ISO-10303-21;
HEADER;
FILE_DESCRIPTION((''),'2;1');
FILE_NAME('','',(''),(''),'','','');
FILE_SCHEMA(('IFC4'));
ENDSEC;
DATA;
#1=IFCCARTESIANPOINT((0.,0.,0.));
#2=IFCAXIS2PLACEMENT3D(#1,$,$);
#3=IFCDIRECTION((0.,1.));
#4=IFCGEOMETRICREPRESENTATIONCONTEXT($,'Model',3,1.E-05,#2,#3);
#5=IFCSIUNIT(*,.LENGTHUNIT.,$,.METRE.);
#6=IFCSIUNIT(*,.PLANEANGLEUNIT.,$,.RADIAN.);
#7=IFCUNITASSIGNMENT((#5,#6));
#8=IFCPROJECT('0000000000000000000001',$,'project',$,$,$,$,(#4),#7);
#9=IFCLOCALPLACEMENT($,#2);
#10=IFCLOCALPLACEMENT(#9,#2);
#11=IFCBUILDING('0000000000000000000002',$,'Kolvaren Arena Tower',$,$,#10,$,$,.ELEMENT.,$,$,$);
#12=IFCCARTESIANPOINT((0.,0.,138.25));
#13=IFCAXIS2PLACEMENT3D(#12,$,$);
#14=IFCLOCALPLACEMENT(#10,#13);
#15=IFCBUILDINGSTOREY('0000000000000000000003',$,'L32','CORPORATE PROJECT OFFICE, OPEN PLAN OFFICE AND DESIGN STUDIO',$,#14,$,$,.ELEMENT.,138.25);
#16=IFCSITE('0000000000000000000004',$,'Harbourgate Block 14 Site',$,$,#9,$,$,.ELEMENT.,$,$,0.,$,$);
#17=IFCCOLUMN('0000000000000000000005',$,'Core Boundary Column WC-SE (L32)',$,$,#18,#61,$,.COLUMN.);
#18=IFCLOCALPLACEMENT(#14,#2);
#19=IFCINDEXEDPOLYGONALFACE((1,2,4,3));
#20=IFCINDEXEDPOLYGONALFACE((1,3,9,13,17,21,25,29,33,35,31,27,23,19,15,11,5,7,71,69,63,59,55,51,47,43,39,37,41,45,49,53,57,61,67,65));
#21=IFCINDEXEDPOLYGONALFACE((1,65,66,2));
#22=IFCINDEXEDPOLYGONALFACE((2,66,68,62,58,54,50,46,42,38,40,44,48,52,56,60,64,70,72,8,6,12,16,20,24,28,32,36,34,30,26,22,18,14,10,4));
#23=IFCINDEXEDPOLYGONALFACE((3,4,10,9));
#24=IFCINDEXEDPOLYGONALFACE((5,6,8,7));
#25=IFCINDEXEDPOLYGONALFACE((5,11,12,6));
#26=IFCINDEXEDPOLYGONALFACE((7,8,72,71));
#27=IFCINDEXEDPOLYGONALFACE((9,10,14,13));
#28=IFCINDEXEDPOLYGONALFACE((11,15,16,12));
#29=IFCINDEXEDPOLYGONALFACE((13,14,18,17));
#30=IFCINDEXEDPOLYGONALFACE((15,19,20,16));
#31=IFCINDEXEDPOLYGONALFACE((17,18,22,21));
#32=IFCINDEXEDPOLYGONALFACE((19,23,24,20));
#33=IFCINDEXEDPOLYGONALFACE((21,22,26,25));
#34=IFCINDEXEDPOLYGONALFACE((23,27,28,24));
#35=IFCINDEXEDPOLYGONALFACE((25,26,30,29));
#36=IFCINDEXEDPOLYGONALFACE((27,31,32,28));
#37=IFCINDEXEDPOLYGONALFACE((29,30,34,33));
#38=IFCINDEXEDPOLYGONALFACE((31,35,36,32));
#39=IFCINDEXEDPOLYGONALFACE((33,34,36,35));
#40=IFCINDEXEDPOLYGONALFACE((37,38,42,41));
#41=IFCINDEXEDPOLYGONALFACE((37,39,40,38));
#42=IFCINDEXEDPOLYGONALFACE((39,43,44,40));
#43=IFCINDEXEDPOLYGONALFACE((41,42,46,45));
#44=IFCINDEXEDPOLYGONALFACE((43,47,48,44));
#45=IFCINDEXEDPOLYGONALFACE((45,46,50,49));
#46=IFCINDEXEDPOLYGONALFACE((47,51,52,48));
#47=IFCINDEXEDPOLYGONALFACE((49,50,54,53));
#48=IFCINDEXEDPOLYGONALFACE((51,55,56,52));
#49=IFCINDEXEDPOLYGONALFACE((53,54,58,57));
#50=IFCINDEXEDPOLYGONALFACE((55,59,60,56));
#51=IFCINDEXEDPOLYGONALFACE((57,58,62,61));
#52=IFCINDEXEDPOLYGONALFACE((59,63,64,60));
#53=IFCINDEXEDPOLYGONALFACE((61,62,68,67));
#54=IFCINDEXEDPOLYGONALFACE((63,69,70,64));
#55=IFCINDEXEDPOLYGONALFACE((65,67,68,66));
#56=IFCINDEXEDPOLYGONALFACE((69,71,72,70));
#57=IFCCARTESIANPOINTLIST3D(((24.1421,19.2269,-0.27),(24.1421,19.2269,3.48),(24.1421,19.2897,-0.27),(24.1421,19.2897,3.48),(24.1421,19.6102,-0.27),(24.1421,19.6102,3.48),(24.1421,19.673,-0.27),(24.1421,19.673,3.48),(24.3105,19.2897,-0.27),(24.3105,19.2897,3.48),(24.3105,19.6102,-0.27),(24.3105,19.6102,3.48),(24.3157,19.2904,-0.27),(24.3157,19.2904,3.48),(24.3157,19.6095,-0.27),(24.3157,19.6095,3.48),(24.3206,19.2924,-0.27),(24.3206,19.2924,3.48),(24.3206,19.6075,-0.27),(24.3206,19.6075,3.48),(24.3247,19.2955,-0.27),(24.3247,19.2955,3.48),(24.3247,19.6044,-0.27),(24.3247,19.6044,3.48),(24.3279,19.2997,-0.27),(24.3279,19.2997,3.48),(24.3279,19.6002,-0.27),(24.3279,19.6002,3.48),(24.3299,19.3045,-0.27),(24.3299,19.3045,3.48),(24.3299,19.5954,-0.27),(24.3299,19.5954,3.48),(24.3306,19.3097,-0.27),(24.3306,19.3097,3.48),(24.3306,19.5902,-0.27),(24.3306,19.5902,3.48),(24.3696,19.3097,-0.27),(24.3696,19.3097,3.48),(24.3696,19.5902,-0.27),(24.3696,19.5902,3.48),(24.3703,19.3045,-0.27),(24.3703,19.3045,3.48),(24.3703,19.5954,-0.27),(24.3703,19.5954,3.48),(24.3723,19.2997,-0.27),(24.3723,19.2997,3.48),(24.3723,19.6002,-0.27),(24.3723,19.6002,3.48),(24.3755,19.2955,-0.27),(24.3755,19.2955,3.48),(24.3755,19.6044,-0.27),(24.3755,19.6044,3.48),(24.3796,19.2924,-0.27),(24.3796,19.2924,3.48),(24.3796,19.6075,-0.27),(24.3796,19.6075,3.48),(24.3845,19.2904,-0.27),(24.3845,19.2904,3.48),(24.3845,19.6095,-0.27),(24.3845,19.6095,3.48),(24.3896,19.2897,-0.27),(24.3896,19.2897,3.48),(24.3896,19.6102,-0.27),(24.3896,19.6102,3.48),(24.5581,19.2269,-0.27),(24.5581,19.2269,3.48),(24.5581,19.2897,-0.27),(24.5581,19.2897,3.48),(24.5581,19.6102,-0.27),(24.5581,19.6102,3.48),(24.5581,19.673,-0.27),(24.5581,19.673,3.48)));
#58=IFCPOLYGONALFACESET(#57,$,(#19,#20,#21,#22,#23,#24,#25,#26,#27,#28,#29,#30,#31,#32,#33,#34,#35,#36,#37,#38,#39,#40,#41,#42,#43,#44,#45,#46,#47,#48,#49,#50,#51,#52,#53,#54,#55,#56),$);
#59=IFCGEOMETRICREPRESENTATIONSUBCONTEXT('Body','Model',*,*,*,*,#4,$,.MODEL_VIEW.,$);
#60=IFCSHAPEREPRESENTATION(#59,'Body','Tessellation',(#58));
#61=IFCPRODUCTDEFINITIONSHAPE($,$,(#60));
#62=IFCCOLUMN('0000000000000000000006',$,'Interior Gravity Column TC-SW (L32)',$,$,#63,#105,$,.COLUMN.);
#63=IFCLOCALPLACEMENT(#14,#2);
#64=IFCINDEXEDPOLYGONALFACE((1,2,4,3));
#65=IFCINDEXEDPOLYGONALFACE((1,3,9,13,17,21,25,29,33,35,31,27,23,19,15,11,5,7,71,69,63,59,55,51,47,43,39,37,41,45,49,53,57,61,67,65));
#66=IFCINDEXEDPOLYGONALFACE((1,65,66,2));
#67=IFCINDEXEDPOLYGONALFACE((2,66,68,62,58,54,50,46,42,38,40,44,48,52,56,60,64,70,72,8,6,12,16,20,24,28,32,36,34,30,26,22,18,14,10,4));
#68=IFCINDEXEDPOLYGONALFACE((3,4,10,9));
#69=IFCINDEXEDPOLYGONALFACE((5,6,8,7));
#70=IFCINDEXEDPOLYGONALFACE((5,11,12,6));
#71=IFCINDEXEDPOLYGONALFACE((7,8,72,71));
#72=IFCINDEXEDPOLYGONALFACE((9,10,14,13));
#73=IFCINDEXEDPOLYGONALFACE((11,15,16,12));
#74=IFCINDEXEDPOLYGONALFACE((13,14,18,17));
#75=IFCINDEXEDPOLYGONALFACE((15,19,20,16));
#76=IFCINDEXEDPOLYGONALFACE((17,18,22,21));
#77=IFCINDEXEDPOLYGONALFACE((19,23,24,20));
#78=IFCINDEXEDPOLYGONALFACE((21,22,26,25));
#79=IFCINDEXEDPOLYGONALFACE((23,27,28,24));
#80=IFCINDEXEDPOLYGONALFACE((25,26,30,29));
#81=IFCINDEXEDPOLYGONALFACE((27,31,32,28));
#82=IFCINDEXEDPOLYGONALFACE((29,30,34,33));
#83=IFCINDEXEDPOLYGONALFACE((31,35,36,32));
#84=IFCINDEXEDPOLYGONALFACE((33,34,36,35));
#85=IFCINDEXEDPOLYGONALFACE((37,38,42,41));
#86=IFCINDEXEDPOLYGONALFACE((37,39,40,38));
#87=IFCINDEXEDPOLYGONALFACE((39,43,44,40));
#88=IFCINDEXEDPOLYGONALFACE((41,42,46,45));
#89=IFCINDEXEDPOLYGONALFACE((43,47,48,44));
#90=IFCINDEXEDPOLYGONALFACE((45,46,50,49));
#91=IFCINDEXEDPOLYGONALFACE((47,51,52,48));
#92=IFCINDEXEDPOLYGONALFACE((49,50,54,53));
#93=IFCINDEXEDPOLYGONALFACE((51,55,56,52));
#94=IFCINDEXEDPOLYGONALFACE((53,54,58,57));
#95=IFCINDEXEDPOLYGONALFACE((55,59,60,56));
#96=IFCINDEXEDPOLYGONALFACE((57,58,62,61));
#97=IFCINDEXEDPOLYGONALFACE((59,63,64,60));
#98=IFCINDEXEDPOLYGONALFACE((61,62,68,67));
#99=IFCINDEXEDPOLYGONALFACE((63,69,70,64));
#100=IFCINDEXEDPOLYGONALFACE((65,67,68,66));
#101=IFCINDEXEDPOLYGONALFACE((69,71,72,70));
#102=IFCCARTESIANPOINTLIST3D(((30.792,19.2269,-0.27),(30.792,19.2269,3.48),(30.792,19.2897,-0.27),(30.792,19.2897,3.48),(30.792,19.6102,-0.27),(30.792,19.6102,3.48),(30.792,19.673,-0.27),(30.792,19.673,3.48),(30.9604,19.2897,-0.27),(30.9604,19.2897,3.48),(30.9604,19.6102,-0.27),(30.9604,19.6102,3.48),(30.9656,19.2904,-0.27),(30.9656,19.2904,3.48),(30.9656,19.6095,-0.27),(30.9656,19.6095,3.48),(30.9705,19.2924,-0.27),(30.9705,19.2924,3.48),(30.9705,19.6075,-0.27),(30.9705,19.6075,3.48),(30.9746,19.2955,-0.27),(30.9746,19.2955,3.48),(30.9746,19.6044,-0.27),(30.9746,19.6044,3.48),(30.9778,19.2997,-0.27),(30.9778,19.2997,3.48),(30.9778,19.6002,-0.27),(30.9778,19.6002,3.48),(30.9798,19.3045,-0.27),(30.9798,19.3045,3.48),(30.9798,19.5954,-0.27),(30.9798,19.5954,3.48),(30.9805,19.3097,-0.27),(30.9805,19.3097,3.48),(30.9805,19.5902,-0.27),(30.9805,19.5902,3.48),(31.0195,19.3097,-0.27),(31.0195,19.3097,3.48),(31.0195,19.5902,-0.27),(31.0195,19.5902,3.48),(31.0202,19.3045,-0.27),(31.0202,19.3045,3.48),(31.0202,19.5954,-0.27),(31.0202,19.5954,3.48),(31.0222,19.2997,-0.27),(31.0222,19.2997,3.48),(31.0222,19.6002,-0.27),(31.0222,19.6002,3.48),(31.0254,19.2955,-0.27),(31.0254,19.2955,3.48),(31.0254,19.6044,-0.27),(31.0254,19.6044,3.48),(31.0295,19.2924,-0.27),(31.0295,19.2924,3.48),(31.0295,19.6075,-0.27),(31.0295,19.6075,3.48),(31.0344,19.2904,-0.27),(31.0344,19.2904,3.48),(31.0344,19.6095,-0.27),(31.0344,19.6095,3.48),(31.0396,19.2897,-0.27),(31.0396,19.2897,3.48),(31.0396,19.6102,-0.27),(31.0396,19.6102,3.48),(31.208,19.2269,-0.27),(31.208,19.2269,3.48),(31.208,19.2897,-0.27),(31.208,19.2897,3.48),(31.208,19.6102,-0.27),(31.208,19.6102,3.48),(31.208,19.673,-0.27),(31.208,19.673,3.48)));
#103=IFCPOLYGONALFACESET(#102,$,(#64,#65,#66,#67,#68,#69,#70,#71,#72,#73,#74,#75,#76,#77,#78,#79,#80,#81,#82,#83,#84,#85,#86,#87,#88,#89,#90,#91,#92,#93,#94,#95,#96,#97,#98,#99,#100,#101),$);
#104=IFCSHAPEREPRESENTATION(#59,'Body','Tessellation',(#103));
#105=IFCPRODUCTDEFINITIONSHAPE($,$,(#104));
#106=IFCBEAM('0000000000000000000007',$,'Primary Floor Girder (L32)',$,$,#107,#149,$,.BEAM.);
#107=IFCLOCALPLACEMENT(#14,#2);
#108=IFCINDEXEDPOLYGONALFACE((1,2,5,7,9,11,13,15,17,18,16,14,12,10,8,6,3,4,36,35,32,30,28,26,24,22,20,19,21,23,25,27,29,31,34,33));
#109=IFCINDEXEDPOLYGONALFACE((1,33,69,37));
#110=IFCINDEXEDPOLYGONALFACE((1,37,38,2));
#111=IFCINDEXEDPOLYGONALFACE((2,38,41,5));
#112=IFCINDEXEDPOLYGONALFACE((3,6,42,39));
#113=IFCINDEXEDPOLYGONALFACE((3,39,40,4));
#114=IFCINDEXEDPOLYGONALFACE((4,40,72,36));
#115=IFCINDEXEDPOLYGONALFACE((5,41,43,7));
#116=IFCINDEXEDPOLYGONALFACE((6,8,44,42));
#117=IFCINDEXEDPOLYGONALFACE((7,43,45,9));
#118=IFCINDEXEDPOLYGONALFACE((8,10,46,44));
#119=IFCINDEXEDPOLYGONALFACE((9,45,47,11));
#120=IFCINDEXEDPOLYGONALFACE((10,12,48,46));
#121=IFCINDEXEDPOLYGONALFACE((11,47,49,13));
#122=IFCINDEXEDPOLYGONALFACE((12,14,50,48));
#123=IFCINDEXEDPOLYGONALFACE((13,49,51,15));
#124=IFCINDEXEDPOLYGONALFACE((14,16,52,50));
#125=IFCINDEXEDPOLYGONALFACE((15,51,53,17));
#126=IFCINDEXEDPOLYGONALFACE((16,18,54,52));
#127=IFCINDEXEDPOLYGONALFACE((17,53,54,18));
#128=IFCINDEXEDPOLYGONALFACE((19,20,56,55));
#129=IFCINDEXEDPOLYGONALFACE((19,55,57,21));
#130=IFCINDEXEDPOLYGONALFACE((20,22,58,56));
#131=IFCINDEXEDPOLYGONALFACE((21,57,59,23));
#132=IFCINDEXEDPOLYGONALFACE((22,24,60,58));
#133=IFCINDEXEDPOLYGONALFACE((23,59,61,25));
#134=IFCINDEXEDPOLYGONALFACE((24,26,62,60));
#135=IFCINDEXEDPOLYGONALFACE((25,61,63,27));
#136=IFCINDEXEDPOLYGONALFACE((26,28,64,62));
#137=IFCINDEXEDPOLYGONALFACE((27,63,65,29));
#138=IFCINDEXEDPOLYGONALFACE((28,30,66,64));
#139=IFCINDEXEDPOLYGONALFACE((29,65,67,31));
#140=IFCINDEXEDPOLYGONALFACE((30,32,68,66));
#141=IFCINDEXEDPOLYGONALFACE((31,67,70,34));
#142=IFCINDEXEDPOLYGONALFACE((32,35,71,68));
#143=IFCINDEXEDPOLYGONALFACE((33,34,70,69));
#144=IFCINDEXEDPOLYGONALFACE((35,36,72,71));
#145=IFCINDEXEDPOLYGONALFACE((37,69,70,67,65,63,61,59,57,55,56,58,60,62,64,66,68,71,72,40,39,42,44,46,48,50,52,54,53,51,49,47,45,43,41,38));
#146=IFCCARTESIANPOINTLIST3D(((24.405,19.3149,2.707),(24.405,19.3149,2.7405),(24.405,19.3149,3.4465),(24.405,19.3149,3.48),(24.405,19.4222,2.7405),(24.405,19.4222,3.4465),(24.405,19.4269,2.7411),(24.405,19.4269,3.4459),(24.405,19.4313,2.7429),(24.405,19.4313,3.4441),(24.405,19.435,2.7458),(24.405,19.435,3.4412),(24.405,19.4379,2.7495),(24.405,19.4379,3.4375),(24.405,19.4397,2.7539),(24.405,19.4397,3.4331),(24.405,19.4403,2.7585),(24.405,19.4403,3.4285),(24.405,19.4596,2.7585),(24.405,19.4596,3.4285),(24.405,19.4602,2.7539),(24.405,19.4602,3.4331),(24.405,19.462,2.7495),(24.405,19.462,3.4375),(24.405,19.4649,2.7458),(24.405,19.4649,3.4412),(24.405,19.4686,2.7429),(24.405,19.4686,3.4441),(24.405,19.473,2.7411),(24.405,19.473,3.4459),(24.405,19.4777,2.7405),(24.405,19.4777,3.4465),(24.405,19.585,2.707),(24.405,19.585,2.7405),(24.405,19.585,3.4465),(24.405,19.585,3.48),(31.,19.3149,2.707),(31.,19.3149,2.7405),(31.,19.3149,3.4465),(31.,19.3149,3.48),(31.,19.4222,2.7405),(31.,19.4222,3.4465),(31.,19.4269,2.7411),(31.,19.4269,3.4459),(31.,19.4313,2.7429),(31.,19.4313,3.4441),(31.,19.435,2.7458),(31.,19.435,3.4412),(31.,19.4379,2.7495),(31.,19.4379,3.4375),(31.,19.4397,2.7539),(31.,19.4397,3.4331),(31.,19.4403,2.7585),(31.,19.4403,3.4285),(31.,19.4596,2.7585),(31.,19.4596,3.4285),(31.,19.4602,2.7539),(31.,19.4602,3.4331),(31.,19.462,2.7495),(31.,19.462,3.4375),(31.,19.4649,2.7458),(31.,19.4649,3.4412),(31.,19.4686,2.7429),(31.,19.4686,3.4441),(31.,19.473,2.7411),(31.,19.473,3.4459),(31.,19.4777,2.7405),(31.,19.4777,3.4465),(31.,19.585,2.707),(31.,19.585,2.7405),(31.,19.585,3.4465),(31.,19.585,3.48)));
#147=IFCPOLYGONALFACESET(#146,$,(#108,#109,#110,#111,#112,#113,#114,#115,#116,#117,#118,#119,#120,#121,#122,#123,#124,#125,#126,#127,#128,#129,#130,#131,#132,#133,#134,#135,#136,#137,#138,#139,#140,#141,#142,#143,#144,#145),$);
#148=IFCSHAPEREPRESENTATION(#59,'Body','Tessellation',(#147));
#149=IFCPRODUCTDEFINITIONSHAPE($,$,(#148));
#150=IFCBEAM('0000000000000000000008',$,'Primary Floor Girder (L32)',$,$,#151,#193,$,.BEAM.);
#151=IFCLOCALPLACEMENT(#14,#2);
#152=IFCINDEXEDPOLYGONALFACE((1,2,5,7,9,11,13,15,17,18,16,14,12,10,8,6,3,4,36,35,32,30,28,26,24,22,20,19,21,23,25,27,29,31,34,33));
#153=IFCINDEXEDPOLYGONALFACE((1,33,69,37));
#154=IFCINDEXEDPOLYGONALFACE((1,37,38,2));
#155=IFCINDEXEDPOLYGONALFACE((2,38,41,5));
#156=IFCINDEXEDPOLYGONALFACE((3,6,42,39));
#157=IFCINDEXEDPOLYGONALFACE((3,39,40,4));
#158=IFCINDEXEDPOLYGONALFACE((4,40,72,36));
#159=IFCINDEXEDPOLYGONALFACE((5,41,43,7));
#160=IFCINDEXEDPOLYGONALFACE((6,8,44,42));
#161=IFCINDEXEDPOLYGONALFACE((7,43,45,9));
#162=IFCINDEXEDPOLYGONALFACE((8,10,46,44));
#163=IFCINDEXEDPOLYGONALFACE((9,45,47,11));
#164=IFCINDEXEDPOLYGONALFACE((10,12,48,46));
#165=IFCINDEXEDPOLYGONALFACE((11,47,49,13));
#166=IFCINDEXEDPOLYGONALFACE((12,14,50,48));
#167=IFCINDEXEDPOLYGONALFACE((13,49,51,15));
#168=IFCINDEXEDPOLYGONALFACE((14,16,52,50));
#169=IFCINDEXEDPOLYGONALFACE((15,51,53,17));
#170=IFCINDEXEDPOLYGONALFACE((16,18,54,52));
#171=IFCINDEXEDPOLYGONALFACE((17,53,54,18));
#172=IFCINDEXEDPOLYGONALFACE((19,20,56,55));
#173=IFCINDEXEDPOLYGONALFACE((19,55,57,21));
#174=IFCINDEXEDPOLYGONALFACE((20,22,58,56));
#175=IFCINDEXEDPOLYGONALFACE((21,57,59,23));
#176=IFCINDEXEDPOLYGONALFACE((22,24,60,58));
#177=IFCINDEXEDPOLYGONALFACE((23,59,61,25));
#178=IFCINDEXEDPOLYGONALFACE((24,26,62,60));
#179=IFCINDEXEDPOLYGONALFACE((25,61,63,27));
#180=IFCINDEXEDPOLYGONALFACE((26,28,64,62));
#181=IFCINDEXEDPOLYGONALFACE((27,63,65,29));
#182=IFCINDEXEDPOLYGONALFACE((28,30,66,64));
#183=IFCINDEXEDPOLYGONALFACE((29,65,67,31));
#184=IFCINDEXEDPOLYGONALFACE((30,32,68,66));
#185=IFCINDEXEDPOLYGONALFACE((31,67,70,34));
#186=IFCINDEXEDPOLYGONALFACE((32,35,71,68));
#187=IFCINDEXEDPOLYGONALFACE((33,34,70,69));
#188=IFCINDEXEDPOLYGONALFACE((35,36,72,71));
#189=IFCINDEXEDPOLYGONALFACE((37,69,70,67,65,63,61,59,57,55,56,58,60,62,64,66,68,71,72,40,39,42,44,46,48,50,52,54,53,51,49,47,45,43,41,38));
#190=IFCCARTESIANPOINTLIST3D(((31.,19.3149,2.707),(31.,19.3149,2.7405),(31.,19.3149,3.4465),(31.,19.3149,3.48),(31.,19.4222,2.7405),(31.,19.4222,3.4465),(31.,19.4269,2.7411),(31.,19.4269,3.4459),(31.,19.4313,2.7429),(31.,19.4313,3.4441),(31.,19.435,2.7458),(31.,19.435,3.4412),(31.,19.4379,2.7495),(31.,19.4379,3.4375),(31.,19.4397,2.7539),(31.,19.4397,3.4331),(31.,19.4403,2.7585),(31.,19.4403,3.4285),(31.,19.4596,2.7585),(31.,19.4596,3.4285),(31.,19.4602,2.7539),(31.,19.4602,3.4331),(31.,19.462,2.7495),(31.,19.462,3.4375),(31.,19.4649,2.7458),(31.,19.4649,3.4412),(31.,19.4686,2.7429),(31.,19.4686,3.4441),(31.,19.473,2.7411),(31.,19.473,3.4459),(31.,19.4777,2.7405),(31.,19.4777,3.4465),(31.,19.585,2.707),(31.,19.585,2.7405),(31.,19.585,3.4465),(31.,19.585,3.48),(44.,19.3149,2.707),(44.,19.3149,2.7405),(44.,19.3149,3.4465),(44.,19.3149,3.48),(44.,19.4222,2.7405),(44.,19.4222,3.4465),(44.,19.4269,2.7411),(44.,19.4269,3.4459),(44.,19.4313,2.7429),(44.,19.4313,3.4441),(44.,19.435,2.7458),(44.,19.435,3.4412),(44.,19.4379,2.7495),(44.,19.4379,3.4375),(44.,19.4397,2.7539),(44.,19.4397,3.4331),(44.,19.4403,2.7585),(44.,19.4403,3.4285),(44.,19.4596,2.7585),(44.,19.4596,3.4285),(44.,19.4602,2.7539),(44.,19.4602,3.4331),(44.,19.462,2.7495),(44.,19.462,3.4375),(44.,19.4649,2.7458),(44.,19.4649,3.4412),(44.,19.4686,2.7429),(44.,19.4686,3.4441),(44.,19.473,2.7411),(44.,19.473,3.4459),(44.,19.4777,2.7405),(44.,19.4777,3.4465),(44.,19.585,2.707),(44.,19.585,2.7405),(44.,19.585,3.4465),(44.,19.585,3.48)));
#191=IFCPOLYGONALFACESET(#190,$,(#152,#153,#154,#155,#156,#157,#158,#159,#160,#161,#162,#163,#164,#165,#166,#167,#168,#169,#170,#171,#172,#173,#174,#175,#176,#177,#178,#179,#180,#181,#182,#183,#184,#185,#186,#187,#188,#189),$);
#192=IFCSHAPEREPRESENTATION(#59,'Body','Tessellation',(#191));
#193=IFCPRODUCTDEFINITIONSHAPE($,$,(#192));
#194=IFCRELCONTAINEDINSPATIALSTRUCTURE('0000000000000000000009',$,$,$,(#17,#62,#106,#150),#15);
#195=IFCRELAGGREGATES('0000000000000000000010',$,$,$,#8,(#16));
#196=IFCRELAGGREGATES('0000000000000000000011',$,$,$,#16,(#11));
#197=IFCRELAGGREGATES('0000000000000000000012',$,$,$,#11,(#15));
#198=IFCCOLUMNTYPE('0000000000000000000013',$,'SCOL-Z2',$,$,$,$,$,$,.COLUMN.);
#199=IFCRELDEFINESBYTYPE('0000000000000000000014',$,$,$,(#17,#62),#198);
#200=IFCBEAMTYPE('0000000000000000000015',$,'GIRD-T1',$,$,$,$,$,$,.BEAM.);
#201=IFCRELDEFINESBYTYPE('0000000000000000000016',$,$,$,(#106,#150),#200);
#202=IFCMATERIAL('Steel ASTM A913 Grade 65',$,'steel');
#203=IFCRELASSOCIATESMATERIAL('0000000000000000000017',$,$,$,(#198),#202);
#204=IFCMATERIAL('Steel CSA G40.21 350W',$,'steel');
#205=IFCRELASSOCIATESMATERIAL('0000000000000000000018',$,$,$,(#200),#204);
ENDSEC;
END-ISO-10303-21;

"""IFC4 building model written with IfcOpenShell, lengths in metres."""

from ifc_helpers import new_model, si_unit, direction, frame, origin, origin_2d, place, context, subcontext, project, spatial, i_section, extrude, material, material_profile, profile_set, type_object, element, save


model = new_model("IFC4")

# Units and contexts
model_context = context("Model", 3, precision=1e-05, world=origin(), true_north=direction((0.0, 1.0)))
body_context = subcontext(model_context, "Body", "Model", "MODEL_VIEW")
ifc_project = project(units=[si_unit("LENGTHUNIT", "METRE"), si_unit("PLANEANGLEUNIT", "RADIAN")], contexts=[model_context])

# Site, building, storey
site_placement = place(None, origin())
site = spatial("IfcSite", under=ifc_project, at=site_placement, Name="Harbourgate Block 14 Site", CompositionType="ELEMENT", RefElevation=0.0)
building_placement = place(site_placement, origin())
building = spatial("IfcBuilding", under=site, at=building_placement, Name="Kolvaren Arena Tower", CompositionType="ELEMENT")
storey_placement = place(building_placement, frame((0.0, 0.0, 138.25)))
storey = spatial("IfcBuildingStorey", under=building, at=storey_placement, Name="L32", Description="CORPORATE PROJECT OFFICE, OPEN PLAN OFFICE AND DESIGN STUDIO", CompositionType="ELEMENT", Elevation=138.25)

# Columns
ifc_material_1 = material(Name="Steel ASTM A913 Grade 65", Category="steel")
ifc_material_profile_1 = material_profile(ifc_material_1, i_section(OverallWidth=0.416, OverallDepth=0.446, WebThickness=0.0391, FlangeThickness=0.0627, FilletRadius=0.02, at=origin_2d()), Name="W360x509")
ifc_profile_set_1 = profile_set([ifc_material_profile_1], Name="Steel ASTM A913 Grade 65")
column_type = type_object("IfcColumnType", Name="SCOL-Z2", PredefinedType="COLUMN", material=ifc_profile_set_1)
for number, where, z_axis, x_axis, name in (
    (1, (24.3501, 19.45, -0.27), (0.0, 0.0, 1.0), (1.0, 0.0, 0.0), "Core Boundary Column WC-SE (L32)"),
    (2, (31.0, 19.45, -0.27), (0.0, 0.0, 1.0), (1.0, 0.0, 0.0), "Interior Gravity Column TC-SW (L32)"),
):
    element("IfcColumn", number, at=place(storey_placement, frame(where, z_axis=z_axis, x_axis=x_axis)), inside=storey, type_object=column_type, Name=name, PredefinedType="COLUMN", context=body_context, shape_type="SweptSolid", body=[
        extrude(i_section(OverallWidth=0.416, OverallDepth=0.446, WebThickness=0.0391, FlangeThickness=0.0627, FilletRadius=0.02, at=origin_2d()), origin(), (0.0, 0.0, 1.0), 3.75),
    ])

# Beams
ifc_material_2 = material(Name="Steel CSA G40.21 350W", Category="steel")
ifc_material_profile_2 = material_profile(ifc_material_2, i_section(OverallWidth=0.27, OverallDepth=0.7729, WebThickness=0.0193, FlangeThickness=0.0334, FilletRadius=0.0181, at=origin_2d()), Name="W760x257")
ifc_profile_set_2 = profile_set([ifc_material_profile_2], Name="Steel CSA G40.21 350W")
beam_type_1 = type_object("IfcBeamType", Name="GIRD-T1", PredefinedType="BEAM", material=ifc_profile_set_2)
beam_1_placement = place(storey_placement, frame((24.405, 19.45, 3.0935), z_axis=(1.0, 0.0, 0.0), x_axis=(0.0, 1.0, 0.0)))
element("IfcBeam", 3, at=beam_1_placement, inside=storey, type_object=beam_type_1, Name="Primary Floor Girder (L32)", PredefinedType="BEAM", context=body_context, shape_type="SweptSolid", body=[
    extrude(i_section(OverallWidth=0.27, OverallDepth=0.7729, WebThickness=0.0193, FlangeThickness=0.0334, FilletRadius=0.0181, at=origin_2d()), origin(), (0.0, 0.0, 1.0), 6.595),
])
beam_2_placement = place(storey_placement, frame((31.0, 19.45, 3.0935), z_axis=(1.0, 0.0, 0.0), x_axis=(0.0, 1.0, 0.0)))
element("IfcBeam", 4, at=beam_2_placement, inside=storey, type_object=beam_type_1, Name="Primary Floor Girder (L32)", PredefinedType="BEAM", context=body_context, shape_type="SweptSolid", body=[
    extrude(i_section(OverallWidth=0.27, OverallDepth=0.7729, WebThickness=0.0193, FlangeThickness=0.0334, FilletRadius=0.0181, at=origin_2d()), origin(), (0.0, 0.0, 1.0), 13.0),
])

save(model, "model.ifc")
